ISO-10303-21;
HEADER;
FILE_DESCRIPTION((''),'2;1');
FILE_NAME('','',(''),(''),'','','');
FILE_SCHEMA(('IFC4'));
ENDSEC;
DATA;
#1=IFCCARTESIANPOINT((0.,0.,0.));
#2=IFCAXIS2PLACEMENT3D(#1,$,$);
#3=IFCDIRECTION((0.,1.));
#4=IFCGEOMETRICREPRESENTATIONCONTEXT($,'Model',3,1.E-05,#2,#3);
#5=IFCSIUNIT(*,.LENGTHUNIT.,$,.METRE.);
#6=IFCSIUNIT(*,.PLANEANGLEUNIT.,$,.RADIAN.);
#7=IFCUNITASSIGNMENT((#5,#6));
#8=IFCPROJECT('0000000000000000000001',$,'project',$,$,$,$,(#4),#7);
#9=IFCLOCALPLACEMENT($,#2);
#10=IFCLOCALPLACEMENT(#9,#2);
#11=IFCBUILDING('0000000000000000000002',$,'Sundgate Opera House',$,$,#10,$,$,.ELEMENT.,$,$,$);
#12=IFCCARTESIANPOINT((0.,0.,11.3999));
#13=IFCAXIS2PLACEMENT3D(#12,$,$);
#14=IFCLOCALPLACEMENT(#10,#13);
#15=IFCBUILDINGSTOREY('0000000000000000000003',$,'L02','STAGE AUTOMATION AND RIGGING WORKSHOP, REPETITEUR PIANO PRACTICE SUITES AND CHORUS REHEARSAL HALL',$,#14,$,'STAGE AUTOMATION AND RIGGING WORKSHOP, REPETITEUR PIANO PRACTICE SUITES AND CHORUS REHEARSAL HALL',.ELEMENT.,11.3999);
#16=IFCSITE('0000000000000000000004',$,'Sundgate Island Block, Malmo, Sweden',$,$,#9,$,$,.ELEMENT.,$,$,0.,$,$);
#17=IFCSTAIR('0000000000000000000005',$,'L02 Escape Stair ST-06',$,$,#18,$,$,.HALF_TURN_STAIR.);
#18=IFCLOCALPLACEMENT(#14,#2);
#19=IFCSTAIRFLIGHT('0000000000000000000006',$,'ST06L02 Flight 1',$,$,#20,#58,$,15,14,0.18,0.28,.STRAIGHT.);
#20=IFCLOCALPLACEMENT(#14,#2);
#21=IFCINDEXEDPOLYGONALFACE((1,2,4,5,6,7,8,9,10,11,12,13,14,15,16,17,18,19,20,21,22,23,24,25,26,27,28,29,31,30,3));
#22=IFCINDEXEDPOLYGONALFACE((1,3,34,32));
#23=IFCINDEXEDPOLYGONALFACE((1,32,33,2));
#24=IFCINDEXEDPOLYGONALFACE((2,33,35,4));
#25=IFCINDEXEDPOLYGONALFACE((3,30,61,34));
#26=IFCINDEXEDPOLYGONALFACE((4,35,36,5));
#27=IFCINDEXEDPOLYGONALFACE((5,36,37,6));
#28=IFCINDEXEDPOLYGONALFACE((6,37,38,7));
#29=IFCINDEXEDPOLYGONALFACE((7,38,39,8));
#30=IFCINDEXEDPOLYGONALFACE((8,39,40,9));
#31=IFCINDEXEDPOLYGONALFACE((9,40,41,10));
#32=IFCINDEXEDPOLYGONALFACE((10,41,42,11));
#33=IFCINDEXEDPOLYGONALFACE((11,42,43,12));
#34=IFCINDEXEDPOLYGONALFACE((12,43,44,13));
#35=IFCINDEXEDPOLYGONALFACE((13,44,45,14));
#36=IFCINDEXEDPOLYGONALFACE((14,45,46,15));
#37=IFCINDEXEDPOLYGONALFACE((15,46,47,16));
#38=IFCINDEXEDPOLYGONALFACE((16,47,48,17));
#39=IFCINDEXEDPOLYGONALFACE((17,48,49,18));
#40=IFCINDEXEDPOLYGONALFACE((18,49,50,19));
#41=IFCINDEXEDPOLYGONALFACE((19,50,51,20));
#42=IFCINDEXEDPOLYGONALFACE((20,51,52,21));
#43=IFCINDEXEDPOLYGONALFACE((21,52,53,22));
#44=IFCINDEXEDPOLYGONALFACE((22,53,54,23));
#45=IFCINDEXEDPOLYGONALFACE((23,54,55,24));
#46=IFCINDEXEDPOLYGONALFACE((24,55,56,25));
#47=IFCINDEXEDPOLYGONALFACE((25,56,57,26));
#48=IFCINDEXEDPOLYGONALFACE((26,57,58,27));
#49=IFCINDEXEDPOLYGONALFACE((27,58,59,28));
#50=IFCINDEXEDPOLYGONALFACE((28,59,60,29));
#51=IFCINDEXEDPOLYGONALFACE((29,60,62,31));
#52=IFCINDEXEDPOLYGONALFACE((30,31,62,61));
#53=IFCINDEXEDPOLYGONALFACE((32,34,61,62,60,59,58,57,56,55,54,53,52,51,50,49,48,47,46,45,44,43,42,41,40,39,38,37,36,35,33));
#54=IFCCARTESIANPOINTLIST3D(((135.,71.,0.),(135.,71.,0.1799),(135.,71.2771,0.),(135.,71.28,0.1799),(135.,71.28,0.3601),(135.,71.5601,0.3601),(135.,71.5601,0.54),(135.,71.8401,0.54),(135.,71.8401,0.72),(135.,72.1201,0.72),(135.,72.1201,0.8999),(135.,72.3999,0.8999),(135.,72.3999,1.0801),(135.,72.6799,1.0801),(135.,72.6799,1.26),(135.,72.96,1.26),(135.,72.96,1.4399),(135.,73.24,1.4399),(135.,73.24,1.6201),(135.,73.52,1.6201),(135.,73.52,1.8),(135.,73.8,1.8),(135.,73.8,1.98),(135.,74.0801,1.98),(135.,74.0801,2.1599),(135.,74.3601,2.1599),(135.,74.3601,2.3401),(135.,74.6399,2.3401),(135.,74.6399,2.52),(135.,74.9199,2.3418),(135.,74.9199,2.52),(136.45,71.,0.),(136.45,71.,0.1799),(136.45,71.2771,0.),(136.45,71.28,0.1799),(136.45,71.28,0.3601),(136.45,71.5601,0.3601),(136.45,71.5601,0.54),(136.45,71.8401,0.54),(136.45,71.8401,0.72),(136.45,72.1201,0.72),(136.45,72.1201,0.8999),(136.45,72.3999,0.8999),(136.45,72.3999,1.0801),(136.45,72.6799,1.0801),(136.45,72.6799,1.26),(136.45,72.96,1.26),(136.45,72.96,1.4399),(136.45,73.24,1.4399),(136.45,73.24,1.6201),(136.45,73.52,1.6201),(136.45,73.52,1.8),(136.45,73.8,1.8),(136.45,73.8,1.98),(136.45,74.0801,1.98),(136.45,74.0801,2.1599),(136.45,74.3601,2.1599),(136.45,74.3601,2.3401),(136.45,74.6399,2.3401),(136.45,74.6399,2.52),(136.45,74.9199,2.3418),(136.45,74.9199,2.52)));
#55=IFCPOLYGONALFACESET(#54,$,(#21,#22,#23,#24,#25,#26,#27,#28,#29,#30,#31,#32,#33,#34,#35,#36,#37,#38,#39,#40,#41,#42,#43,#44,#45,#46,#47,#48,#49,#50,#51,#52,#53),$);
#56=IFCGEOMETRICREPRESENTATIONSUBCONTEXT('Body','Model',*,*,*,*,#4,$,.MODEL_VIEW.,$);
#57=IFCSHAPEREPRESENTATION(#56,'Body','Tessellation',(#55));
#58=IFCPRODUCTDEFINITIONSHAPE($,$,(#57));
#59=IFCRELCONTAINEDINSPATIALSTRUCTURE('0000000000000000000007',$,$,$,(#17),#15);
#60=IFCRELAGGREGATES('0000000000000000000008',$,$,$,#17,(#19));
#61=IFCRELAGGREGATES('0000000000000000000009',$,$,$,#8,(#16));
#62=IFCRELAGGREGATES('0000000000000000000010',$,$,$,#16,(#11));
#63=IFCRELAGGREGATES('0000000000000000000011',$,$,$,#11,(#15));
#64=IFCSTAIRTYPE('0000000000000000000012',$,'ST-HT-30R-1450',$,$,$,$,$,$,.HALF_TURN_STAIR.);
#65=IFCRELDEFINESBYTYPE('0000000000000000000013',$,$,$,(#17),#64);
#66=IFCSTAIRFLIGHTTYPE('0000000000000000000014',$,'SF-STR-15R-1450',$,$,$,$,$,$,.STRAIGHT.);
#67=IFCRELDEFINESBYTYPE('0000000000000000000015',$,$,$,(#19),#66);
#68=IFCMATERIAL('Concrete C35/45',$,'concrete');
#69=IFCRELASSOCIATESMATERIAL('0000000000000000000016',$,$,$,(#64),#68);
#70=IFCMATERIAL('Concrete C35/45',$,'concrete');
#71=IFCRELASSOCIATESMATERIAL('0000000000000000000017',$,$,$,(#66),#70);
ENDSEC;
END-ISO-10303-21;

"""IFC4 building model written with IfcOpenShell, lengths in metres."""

from ifc_helpers import new_model, si_unit, direction, frame, origin, place, context, subcontext, project, spatial, polyline, outline, extrude, material, type_object, element, aggregate, save


model = new_model("IFC4")

# Units and contexts
model_context = context("Model", 3, precision=1e-05, world=origin(), true_north=direction((0.0, 1.0)))
body_context = subcontext(model_context, "Body", "Model", "MODEL_VIEW")
ifc_project = project(units=[si_unit("LENGTHUNIT", "METRE"), si_unit("PLANEANGLEUNIT", "RADIAN")], contexts=[model_context])

# Site, building, storey
site_placement = place(None, origin())
site = spatial("IfcSite", under=ifc_project, at=site_placement, Name="Sundgate Island Block, Malmo, Sweden", CompositionType="ELEMENT", RefElevation=0.0)
building_placement = place(site_placement, origin())
building = spatial("IfcBuilding", under=site, at=building_placement, Name="Sundgate Opera House", CompositionType="ELEMENT")
storey_placement = place(building_placement, frame((0.0, 0.0, 11.3999)))
storey = spatial("IfcBuildingStorey", under=building, at=storey_placement, Name="L02", Description="STAGE AUTOMATION AND RIGGING WORKSHOP, REPETITEUR PIANO PRACTICE SUITES AND CHORUS REHEARSAL HALL", LongName="STAGE AUTOMATION AND RIGGING WORKSHOP, REPETITEUR PIANO PRACTICE SUITES AND CHORUS REHEARSAL HALL", CompositionType="ELEMENT", Elevation=11.3999)

# Stair, stair flight
ifc_material_1 = material(Name="Concrete C35/45", Category="concrete")
stair_type = type_object("IfcStairType", Name="ST-HT-30R-1450", PredefinedType="HALF_TURN_STAIR", material=ifc_material_1)
stair_placement = place(storey_placement, origin())
stair = element("IfcStair", 1, at=stair_placement, inside=storey, type_object=stair_type, Name="L02 Escape Stair ST-06", PredefinedType="HALF_TURN_STAIR")
ifc_material_2 = material(Name="Concrete C35/45", Category="concrete")
stair_flight_type = type_object("IfcStairFlightType", Name="SF-STR-15R-1450", PredefinedType="STRAIGHT", material=ifc_material_2)
stair_flight_placement = place(storey_placement, frame((135.7251, 71.0, 0.0), z_axis=(0.0, 0.0, 1.0), x_axis=(0.0, 1.0, 0.0)))
stair_flight = element("IfcStairFlight", 2, at=stair_flight_placement, type_object=stair_flight_type, Name="ST06L02 Flight 1", NumberOfRisers=15, NumberOfTreads=14, PredefinedType="STRAIGHT", RiserHeight=0.18, TreadLength=0.28, context=body_context, shape_type="SweptSolid", body=[
    extrude(outline(polyline([(0.0, 0.0), (0.0, 0.1799), (0.28, 0.1799), (0.28, 0.3601), (0.5601, 0.3601), (0.5601, 0.54), (0.8401, 0.54), (0.8401, 0.72), (1.1201, 0.72), (1.1201, 0.8999), (1.3999, 0.8999), (1.3999, 1.0801), (1.6799, 1.0801), (1.6799, 1.26), (1.96, 1.26), (1.96, 1.4399), (2.24, 1.4399), (2.24, 1.6201), (2.52, 1.6201), (2.52, 1.8), (2.8, 1.8), (2.8, 1.98), (3.0801, 1.98), (3.0801, 2.1599), (3.3601, 2.1599), (3.3601, 2.3401), (3.6399, 2.3401), (3.6399, 2.52), (3.9199, 2.52), (3.9199, 2.7), (3.9199, 2.3418), (0.2771, 0.0), (0.0, 0.0)])), frame((0.0, 0.7251, 0.0), z_axis=(0.0, -1.0, 0.0), x_axis=(1.0, 0.0, 0.0)), (0.0, 0.0, 1.0), 1.45),
])
aggregate(stair, [stair_flight])

save(model, "model.ifc")
